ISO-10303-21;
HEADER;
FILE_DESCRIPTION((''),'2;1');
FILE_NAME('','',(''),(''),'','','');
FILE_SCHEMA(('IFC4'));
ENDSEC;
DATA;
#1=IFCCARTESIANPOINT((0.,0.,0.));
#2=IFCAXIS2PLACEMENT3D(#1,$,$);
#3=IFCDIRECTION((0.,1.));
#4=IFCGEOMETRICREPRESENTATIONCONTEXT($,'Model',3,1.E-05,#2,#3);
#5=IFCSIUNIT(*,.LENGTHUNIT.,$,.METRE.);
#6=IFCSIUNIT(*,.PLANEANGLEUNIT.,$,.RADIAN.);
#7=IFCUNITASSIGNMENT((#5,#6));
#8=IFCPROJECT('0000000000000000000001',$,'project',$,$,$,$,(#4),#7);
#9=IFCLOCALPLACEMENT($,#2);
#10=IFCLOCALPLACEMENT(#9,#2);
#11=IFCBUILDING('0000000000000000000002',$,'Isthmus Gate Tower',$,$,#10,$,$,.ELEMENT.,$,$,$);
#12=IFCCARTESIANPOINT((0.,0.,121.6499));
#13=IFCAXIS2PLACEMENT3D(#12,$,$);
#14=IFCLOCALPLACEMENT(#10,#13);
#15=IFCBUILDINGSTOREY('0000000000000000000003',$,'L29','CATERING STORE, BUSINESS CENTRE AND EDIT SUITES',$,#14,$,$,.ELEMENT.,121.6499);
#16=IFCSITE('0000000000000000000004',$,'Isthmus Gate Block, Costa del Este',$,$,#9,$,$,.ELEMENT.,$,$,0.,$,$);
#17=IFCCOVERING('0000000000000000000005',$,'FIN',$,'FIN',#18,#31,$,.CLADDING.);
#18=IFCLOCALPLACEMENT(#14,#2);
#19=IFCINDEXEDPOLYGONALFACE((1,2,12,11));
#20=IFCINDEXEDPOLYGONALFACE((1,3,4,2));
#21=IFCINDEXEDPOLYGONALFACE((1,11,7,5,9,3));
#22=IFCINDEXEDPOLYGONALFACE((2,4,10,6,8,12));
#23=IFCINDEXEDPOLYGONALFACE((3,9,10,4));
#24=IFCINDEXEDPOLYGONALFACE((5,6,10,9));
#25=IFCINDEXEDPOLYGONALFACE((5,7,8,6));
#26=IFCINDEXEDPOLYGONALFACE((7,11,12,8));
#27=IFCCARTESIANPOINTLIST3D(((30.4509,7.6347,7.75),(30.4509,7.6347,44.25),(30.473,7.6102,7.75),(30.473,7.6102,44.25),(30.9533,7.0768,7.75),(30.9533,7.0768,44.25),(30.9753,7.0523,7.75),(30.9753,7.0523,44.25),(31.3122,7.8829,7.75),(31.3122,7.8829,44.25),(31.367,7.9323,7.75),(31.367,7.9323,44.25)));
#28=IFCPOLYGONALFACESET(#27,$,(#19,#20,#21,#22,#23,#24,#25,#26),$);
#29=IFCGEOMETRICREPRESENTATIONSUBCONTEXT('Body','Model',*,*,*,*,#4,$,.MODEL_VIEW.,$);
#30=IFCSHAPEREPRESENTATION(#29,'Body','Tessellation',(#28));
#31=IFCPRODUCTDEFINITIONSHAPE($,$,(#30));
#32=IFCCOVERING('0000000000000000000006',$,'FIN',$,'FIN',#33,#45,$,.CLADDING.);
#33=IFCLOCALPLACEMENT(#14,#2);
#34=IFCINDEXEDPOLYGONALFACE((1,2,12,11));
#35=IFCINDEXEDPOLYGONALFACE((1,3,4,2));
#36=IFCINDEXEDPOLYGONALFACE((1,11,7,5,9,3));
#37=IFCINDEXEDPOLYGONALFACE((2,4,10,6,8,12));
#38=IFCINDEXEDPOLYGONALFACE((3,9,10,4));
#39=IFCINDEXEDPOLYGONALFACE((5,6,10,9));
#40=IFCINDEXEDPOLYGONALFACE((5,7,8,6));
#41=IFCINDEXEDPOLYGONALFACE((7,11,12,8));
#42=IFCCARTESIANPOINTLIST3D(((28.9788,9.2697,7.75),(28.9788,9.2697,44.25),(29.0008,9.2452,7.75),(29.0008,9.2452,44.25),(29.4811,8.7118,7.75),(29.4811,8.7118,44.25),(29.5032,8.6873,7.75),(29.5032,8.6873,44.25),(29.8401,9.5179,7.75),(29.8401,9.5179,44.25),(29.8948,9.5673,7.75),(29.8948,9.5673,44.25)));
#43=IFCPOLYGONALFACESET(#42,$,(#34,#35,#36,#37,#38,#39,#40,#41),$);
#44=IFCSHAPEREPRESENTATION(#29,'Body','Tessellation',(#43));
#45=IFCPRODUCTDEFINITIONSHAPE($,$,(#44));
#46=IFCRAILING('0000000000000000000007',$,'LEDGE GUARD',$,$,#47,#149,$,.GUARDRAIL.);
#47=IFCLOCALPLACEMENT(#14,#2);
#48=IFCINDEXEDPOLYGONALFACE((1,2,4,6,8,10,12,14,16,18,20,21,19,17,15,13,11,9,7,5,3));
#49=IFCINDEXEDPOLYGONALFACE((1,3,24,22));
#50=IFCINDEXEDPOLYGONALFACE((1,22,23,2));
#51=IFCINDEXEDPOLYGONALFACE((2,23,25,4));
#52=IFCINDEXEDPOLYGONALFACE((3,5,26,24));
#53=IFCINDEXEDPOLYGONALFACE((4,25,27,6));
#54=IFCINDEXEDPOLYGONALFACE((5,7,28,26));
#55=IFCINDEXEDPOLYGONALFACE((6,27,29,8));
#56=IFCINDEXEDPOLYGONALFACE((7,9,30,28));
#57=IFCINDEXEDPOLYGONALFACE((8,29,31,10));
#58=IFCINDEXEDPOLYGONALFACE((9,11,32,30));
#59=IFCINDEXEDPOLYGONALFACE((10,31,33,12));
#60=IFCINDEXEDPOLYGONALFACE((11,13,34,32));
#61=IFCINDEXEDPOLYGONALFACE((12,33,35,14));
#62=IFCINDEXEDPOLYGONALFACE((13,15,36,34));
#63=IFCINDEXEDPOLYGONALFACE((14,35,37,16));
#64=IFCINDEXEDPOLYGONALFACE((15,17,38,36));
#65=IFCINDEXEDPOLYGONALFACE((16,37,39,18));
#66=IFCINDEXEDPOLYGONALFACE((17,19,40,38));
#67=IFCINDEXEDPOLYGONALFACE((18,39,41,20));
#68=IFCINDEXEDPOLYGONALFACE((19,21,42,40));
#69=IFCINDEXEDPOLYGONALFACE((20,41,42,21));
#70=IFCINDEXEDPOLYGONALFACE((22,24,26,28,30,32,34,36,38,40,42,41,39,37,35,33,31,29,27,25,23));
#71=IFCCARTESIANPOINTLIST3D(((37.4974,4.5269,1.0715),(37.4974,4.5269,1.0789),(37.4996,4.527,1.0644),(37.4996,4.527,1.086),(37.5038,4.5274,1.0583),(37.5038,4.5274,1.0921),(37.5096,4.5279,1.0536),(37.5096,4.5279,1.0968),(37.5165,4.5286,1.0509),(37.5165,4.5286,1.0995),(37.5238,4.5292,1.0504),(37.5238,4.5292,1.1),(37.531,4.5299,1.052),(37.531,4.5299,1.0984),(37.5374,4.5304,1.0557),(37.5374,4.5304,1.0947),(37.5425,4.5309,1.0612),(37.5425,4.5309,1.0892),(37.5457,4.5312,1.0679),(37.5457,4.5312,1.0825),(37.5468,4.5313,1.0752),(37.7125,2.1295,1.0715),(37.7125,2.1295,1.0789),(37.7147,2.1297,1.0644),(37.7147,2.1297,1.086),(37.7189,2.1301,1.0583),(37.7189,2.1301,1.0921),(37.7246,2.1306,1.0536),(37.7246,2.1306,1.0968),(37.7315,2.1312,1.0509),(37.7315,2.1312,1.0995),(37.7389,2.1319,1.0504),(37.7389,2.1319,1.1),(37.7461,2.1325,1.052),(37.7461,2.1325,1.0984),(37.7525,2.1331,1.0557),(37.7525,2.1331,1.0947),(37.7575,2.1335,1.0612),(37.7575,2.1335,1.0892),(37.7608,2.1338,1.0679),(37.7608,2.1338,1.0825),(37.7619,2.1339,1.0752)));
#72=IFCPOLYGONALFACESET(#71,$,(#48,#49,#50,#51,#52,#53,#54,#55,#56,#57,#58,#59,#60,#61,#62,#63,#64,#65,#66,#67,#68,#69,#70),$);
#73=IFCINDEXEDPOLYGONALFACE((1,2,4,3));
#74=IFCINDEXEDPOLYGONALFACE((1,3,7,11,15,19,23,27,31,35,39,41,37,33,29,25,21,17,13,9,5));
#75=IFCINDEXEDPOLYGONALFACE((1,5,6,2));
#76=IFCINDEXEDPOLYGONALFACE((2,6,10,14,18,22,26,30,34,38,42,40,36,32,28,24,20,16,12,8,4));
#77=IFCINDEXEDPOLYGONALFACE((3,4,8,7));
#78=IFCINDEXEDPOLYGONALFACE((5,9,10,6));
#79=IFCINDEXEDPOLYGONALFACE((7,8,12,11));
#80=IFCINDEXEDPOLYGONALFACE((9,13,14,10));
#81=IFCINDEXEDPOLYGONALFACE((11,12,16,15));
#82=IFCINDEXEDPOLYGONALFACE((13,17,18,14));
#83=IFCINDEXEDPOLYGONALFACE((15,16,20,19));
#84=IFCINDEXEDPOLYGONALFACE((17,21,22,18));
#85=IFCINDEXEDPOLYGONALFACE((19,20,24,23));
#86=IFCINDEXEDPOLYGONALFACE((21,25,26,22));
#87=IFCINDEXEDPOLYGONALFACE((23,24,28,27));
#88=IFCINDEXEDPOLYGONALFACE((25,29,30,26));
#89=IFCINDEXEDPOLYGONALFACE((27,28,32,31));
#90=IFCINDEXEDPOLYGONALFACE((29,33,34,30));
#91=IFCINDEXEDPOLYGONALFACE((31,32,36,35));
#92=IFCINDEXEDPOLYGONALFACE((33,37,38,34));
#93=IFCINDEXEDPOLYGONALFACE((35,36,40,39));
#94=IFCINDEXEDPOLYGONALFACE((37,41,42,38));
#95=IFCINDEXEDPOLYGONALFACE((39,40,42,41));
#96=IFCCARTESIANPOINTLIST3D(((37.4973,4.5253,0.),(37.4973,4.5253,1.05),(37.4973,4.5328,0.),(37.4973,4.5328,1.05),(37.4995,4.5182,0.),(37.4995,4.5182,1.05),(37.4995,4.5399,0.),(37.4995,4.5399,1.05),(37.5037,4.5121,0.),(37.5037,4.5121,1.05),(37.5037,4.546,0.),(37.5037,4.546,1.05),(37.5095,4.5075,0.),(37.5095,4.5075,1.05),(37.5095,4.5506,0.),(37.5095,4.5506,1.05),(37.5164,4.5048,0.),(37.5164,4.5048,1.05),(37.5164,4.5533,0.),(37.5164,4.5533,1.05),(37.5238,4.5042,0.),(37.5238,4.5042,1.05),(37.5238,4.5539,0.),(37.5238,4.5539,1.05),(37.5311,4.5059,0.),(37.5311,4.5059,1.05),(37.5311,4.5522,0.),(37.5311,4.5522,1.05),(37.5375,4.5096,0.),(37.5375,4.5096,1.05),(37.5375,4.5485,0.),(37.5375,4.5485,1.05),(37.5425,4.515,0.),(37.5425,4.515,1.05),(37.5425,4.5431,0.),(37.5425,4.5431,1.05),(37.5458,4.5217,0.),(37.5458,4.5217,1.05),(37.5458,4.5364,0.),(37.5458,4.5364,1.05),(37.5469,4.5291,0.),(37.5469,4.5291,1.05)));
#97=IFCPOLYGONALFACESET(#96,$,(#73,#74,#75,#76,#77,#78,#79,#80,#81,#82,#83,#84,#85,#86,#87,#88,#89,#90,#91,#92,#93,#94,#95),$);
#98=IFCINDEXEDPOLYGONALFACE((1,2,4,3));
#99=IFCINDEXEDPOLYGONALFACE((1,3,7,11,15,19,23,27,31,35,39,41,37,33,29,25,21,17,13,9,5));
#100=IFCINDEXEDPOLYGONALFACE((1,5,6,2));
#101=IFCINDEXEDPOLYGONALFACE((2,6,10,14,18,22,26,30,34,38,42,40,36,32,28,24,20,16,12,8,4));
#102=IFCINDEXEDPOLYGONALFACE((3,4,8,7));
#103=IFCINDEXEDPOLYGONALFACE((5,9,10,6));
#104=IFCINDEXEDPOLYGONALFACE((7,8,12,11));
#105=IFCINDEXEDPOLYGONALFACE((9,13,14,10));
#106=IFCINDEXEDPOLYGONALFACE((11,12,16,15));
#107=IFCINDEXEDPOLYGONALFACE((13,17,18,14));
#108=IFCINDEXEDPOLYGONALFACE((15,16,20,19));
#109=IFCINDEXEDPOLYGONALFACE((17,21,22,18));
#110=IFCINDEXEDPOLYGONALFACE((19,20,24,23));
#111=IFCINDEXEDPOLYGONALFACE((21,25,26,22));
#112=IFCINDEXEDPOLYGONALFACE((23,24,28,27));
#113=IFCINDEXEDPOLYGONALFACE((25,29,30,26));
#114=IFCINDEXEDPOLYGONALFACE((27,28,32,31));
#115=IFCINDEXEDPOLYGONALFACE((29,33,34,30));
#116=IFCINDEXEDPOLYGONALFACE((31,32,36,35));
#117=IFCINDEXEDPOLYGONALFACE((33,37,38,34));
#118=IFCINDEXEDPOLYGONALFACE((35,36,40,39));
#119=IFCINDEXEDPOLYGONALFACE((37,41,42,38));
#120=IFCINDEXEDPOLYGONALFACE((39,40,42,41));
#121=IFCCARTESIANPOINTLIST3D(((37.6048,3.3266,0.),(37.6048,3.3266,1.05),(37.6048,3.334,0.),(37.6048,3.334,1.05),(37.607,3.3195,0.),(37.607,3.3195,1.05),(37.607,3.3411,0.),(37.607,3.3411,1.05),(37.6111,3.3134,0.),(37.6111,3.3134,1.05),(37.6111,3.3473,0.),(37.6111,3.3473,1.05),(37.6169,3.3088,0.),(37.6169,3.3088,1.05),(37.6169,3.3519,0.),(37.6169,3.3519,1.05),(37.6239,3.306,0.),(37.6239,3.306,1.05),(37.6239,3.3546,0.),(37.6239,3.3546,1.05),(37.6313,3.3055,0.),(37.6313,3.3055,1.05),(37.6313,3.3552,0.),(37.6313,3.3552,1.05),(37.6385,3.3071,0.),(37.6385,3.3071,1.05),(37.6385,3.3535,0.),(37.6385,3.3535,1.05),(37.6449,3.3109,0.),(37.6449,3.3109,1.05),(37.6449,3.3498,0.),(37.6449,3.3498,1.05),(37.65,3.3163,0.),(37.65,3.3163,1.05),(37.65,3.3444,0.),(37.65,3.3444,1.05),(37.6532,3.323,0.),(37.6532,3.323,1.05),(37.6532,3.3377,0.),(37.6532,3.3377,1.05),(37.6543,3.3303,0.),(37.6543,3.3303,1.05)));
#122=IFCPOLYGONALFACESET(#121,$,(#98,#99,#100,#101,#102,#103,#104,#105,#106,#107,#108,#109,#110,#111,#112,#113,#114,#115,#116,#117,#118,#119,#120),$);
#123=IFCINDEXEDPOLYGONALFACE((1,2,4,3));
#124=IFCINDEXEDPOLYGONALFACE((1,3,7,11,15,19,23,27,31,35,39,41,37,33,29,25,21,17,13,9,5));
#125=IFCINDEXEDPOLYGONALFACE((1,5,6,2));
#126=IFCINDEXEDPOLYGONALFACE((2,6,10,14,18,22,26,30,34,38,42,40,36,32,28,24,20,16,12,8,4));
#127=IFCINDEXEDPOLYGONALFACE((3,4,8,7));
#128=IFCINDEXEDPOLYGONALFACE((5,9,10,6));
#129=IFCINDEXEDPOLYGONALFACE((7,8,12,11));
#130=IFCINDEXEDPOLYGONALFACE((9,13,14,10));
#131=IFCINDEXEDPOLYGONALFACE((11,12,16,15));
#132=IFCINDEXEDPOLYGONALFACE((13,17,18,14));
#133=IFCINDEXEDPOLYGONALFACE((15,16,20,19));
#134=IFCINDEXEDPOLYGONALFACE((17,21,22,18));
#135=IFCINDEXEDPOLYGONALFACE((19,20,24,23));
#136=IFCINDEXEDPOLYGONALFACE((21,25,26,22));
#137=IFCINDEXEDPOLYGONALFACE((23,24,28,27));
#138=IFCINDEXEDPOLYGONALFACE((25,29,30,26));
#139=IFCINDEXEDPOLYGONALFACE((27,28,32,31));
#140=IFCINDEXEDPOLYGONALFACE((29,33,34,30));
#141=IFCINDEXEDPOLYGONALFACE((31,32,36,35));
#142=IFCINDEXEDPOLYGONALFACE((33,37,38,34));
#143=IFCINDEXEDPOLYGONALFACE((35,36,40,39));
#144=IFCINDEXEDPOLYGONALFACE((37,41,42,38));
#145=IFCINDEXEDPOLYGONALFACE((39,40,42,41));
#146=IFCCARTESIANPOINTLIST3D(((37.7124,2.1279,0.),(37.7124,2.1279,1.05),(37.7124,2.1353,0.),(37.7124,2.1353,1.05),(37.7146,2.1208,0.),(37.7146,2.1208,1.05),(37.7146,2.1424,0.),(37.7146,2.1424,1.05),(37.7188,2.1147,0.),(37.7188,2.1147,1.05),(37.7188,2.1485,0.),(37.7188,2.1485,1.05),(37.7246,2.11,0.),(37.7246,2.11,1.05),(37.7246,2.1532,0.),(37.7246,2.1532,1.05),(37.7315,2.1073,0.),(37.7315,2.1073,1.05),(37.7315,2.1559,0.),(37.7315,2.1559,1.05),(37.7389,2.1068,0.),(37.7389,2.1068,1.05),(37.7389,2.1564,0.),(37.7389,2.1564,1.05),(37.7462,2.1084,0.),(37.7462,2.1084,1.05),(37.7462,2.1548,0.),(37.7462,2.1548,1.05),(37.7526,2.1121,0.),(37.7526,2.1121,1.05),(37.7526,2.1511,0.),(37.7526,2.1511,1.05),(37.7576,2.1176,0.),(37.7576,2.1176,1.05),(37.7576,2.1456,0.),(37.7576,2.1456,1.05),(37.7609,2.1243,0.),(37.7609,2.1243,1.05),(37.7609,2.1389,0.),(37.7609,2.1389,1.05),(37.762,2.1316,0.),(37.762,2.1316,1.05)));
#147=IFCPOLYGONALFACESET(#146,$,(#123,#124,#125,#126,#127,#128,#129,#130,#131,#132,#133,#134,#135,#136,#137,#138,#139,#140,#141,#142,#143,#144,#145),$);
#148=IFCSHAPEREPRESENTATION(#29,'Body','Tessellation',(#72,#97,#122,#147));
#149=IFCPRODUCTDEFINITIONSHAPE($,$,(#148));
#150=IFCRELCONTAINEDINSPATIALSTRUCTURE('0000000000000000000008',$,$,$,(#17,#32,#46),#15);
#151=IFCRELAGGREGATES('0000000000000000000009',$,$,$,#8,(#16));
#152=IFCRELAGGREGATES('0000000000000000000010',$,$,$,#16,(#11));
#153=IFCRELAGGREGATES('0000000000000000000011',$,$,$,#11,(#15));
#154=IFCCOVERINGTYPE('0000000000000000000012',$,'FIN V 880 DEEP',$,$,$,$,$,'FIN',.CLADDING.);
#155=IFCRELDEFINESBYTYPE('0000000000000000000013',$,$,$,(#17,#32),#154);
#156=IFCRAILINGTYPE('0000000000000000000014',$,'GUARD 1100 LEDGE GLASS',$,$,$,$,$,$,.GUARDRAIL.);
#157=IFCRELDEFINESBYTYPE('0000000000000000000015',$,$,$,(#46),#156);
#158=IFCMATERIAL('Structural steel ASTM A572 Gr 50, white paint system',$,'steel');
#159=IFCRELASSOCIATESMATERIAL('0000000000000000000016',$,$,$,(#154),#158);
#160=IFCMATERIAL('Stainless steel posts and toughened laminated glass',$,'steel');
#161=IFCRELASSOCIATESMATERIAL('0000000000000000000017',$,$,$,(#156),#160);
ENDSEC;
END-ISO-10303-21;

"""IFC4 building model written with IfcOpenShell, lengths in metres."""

from ifc_helpers import new_model, si_unit, direction, frame, origin, origin_2d, place, context, subcontext, project, spatial, polyline, circle, outline, extrude, material, material_profile, profile_set, type_object, element, save


model = new_model("IFC4")

# Units and contexts
model_context = context("Model", 3, precision=1e-05, world=origin(), true_north=direction((0.0, 1.0)))
body_context = subcontext(model_context, "Body", "Model", "MODEL_VIEW")
ifc_project = project(units=[si_unit("LENGTHUNIT", "METRE"), si_unit("PLANEANGLEUNIT", "RADIAN")], contexts=[model_context])

# Site, building, storey
site_placement = place(None, origin())
site = spatial("IfcSite", under=ifc_project, at=site_placement, Name="Isthmus Gate Block, Costa del Este", CompositionType="ELEMENT", RefElevation=0.0)
building_placement = place(site_placement, origin())
building = spatial("IfcBuilding", under=site, at=building_placement, Name="Isthmus Gate Tower", CompositionType="ELEMENT")
storey_placement = place(building_placement, frame((0.0, 0.0, 121.6499)))
storey = spatial("IfcBuildingStorey", under=building, at=storey_placement, Name="L29", Description="CATERING STORE, BUSINESS CENTRE AND EDIT SUITES", CompositionType="ELEMENT", Elevation=121.6499)

# Coverings
ifc_material_1 = material(Name="Structural steel ASTM A572 Gr 50, white paint system", Category="steel")
ifc_material_profile_1 = material_profile(ifc_material_1, outline(polyline([(0.0, -0.3918), (0.8799, 0.0), (0.0, 0.3918), (0.0, 0.3589), (0.8062, 0.0), (0.0, -0.3589), (0.0, -0.3918)])), Name="V880")
ifc_profile_set_1 = profile_set([ifc_material_profile_1], Name="Structural steel ASTM A572 Gr 50, white paint system")
covering_type_1 = type_object("IfcCoveringType", Name="FIN V 880 DEEP", ElementType="FIN", PredefinedType="CLADDING", material=ifc_profile_set_1)
for number, where, z_axis, x_axis, name in (
    (1, (30.7131, 7.3435, 7.75), (0.0, 0.0, 1.0), (0.743145, 0.669131, 0.0), "FIN"),
    (2, (29.241, 8.9785, 7.75), (0.0, 0.0, 1.0), (0.743145, 0.669131, 0.0), "FIN"),
):
    element("IfcCovering", number, at=place(storey_placement, frame(where, z_axis=z_axis, x_axis=x_axis)), inside=storey, type_object=covering_type_1, Name=name, ObjectType="FIN", PredefinedType="CLADDING", context=body_context, shape_type="SweptSolid", body=[
        extrude(outline(polyline([(0.0, -0.3918), (0.8799, 0.0), (0.0, 0.3918), (0.0, 0.3589), (0.8062, 0.0), (0.0, -0.3589), (0.0, -0.3918)])), origin(), (0.0, 0.0, 1.0), 36.5),
    ])

# Railing
ifc_material_2 = material(Name="Stainless steel posts and toughened laminated glass", Category="steel")
railing_type_1 = type_object("IfcRailingType", Name="GUARD 1100 LEDGE GLASS", PredefinedType="GUARDRAIL", material=ifc_material_2)
railing_1_placement = place(storey_placement, frame((37.522, 4.5291, 0.0)))
element("IfcRailing", 3, at=railing_1_placement, inside=storey, type_object=railing_type_1, Name="LEDGE GUARD", PredefinedType="GUARDRAIL", context=body_context, shape_type="SweptSolid", body=[
    extrude(circle(Radius=0.0249, at=origin_2d()), frame((0.0, 0.0, 1.0752), z_axis=(0.089356, -0.996, 0.0), x_axis=(0.996, 0.089356, 0.0)), (0.0, 0.0, 1.0), 2.407),
    extrude(circle(Radius=0.0249, at=origin_2d()), origin(), (0.0, 0.0, 1.0), 1.05),
    extrude(circle(Radius=0.0249, at=origin_2d()), frame((0.1074, -1.1987, 0.0)), (0.0, 0.0, 1.0), 1.05),
    extrude(circle(Radius=0.0249, at=origin_2d()), frame((0.2151, -2.3975, 0.0)), (0.0, 0.0, 1.0), 1.05),
])

save(model, "model.ifc")
